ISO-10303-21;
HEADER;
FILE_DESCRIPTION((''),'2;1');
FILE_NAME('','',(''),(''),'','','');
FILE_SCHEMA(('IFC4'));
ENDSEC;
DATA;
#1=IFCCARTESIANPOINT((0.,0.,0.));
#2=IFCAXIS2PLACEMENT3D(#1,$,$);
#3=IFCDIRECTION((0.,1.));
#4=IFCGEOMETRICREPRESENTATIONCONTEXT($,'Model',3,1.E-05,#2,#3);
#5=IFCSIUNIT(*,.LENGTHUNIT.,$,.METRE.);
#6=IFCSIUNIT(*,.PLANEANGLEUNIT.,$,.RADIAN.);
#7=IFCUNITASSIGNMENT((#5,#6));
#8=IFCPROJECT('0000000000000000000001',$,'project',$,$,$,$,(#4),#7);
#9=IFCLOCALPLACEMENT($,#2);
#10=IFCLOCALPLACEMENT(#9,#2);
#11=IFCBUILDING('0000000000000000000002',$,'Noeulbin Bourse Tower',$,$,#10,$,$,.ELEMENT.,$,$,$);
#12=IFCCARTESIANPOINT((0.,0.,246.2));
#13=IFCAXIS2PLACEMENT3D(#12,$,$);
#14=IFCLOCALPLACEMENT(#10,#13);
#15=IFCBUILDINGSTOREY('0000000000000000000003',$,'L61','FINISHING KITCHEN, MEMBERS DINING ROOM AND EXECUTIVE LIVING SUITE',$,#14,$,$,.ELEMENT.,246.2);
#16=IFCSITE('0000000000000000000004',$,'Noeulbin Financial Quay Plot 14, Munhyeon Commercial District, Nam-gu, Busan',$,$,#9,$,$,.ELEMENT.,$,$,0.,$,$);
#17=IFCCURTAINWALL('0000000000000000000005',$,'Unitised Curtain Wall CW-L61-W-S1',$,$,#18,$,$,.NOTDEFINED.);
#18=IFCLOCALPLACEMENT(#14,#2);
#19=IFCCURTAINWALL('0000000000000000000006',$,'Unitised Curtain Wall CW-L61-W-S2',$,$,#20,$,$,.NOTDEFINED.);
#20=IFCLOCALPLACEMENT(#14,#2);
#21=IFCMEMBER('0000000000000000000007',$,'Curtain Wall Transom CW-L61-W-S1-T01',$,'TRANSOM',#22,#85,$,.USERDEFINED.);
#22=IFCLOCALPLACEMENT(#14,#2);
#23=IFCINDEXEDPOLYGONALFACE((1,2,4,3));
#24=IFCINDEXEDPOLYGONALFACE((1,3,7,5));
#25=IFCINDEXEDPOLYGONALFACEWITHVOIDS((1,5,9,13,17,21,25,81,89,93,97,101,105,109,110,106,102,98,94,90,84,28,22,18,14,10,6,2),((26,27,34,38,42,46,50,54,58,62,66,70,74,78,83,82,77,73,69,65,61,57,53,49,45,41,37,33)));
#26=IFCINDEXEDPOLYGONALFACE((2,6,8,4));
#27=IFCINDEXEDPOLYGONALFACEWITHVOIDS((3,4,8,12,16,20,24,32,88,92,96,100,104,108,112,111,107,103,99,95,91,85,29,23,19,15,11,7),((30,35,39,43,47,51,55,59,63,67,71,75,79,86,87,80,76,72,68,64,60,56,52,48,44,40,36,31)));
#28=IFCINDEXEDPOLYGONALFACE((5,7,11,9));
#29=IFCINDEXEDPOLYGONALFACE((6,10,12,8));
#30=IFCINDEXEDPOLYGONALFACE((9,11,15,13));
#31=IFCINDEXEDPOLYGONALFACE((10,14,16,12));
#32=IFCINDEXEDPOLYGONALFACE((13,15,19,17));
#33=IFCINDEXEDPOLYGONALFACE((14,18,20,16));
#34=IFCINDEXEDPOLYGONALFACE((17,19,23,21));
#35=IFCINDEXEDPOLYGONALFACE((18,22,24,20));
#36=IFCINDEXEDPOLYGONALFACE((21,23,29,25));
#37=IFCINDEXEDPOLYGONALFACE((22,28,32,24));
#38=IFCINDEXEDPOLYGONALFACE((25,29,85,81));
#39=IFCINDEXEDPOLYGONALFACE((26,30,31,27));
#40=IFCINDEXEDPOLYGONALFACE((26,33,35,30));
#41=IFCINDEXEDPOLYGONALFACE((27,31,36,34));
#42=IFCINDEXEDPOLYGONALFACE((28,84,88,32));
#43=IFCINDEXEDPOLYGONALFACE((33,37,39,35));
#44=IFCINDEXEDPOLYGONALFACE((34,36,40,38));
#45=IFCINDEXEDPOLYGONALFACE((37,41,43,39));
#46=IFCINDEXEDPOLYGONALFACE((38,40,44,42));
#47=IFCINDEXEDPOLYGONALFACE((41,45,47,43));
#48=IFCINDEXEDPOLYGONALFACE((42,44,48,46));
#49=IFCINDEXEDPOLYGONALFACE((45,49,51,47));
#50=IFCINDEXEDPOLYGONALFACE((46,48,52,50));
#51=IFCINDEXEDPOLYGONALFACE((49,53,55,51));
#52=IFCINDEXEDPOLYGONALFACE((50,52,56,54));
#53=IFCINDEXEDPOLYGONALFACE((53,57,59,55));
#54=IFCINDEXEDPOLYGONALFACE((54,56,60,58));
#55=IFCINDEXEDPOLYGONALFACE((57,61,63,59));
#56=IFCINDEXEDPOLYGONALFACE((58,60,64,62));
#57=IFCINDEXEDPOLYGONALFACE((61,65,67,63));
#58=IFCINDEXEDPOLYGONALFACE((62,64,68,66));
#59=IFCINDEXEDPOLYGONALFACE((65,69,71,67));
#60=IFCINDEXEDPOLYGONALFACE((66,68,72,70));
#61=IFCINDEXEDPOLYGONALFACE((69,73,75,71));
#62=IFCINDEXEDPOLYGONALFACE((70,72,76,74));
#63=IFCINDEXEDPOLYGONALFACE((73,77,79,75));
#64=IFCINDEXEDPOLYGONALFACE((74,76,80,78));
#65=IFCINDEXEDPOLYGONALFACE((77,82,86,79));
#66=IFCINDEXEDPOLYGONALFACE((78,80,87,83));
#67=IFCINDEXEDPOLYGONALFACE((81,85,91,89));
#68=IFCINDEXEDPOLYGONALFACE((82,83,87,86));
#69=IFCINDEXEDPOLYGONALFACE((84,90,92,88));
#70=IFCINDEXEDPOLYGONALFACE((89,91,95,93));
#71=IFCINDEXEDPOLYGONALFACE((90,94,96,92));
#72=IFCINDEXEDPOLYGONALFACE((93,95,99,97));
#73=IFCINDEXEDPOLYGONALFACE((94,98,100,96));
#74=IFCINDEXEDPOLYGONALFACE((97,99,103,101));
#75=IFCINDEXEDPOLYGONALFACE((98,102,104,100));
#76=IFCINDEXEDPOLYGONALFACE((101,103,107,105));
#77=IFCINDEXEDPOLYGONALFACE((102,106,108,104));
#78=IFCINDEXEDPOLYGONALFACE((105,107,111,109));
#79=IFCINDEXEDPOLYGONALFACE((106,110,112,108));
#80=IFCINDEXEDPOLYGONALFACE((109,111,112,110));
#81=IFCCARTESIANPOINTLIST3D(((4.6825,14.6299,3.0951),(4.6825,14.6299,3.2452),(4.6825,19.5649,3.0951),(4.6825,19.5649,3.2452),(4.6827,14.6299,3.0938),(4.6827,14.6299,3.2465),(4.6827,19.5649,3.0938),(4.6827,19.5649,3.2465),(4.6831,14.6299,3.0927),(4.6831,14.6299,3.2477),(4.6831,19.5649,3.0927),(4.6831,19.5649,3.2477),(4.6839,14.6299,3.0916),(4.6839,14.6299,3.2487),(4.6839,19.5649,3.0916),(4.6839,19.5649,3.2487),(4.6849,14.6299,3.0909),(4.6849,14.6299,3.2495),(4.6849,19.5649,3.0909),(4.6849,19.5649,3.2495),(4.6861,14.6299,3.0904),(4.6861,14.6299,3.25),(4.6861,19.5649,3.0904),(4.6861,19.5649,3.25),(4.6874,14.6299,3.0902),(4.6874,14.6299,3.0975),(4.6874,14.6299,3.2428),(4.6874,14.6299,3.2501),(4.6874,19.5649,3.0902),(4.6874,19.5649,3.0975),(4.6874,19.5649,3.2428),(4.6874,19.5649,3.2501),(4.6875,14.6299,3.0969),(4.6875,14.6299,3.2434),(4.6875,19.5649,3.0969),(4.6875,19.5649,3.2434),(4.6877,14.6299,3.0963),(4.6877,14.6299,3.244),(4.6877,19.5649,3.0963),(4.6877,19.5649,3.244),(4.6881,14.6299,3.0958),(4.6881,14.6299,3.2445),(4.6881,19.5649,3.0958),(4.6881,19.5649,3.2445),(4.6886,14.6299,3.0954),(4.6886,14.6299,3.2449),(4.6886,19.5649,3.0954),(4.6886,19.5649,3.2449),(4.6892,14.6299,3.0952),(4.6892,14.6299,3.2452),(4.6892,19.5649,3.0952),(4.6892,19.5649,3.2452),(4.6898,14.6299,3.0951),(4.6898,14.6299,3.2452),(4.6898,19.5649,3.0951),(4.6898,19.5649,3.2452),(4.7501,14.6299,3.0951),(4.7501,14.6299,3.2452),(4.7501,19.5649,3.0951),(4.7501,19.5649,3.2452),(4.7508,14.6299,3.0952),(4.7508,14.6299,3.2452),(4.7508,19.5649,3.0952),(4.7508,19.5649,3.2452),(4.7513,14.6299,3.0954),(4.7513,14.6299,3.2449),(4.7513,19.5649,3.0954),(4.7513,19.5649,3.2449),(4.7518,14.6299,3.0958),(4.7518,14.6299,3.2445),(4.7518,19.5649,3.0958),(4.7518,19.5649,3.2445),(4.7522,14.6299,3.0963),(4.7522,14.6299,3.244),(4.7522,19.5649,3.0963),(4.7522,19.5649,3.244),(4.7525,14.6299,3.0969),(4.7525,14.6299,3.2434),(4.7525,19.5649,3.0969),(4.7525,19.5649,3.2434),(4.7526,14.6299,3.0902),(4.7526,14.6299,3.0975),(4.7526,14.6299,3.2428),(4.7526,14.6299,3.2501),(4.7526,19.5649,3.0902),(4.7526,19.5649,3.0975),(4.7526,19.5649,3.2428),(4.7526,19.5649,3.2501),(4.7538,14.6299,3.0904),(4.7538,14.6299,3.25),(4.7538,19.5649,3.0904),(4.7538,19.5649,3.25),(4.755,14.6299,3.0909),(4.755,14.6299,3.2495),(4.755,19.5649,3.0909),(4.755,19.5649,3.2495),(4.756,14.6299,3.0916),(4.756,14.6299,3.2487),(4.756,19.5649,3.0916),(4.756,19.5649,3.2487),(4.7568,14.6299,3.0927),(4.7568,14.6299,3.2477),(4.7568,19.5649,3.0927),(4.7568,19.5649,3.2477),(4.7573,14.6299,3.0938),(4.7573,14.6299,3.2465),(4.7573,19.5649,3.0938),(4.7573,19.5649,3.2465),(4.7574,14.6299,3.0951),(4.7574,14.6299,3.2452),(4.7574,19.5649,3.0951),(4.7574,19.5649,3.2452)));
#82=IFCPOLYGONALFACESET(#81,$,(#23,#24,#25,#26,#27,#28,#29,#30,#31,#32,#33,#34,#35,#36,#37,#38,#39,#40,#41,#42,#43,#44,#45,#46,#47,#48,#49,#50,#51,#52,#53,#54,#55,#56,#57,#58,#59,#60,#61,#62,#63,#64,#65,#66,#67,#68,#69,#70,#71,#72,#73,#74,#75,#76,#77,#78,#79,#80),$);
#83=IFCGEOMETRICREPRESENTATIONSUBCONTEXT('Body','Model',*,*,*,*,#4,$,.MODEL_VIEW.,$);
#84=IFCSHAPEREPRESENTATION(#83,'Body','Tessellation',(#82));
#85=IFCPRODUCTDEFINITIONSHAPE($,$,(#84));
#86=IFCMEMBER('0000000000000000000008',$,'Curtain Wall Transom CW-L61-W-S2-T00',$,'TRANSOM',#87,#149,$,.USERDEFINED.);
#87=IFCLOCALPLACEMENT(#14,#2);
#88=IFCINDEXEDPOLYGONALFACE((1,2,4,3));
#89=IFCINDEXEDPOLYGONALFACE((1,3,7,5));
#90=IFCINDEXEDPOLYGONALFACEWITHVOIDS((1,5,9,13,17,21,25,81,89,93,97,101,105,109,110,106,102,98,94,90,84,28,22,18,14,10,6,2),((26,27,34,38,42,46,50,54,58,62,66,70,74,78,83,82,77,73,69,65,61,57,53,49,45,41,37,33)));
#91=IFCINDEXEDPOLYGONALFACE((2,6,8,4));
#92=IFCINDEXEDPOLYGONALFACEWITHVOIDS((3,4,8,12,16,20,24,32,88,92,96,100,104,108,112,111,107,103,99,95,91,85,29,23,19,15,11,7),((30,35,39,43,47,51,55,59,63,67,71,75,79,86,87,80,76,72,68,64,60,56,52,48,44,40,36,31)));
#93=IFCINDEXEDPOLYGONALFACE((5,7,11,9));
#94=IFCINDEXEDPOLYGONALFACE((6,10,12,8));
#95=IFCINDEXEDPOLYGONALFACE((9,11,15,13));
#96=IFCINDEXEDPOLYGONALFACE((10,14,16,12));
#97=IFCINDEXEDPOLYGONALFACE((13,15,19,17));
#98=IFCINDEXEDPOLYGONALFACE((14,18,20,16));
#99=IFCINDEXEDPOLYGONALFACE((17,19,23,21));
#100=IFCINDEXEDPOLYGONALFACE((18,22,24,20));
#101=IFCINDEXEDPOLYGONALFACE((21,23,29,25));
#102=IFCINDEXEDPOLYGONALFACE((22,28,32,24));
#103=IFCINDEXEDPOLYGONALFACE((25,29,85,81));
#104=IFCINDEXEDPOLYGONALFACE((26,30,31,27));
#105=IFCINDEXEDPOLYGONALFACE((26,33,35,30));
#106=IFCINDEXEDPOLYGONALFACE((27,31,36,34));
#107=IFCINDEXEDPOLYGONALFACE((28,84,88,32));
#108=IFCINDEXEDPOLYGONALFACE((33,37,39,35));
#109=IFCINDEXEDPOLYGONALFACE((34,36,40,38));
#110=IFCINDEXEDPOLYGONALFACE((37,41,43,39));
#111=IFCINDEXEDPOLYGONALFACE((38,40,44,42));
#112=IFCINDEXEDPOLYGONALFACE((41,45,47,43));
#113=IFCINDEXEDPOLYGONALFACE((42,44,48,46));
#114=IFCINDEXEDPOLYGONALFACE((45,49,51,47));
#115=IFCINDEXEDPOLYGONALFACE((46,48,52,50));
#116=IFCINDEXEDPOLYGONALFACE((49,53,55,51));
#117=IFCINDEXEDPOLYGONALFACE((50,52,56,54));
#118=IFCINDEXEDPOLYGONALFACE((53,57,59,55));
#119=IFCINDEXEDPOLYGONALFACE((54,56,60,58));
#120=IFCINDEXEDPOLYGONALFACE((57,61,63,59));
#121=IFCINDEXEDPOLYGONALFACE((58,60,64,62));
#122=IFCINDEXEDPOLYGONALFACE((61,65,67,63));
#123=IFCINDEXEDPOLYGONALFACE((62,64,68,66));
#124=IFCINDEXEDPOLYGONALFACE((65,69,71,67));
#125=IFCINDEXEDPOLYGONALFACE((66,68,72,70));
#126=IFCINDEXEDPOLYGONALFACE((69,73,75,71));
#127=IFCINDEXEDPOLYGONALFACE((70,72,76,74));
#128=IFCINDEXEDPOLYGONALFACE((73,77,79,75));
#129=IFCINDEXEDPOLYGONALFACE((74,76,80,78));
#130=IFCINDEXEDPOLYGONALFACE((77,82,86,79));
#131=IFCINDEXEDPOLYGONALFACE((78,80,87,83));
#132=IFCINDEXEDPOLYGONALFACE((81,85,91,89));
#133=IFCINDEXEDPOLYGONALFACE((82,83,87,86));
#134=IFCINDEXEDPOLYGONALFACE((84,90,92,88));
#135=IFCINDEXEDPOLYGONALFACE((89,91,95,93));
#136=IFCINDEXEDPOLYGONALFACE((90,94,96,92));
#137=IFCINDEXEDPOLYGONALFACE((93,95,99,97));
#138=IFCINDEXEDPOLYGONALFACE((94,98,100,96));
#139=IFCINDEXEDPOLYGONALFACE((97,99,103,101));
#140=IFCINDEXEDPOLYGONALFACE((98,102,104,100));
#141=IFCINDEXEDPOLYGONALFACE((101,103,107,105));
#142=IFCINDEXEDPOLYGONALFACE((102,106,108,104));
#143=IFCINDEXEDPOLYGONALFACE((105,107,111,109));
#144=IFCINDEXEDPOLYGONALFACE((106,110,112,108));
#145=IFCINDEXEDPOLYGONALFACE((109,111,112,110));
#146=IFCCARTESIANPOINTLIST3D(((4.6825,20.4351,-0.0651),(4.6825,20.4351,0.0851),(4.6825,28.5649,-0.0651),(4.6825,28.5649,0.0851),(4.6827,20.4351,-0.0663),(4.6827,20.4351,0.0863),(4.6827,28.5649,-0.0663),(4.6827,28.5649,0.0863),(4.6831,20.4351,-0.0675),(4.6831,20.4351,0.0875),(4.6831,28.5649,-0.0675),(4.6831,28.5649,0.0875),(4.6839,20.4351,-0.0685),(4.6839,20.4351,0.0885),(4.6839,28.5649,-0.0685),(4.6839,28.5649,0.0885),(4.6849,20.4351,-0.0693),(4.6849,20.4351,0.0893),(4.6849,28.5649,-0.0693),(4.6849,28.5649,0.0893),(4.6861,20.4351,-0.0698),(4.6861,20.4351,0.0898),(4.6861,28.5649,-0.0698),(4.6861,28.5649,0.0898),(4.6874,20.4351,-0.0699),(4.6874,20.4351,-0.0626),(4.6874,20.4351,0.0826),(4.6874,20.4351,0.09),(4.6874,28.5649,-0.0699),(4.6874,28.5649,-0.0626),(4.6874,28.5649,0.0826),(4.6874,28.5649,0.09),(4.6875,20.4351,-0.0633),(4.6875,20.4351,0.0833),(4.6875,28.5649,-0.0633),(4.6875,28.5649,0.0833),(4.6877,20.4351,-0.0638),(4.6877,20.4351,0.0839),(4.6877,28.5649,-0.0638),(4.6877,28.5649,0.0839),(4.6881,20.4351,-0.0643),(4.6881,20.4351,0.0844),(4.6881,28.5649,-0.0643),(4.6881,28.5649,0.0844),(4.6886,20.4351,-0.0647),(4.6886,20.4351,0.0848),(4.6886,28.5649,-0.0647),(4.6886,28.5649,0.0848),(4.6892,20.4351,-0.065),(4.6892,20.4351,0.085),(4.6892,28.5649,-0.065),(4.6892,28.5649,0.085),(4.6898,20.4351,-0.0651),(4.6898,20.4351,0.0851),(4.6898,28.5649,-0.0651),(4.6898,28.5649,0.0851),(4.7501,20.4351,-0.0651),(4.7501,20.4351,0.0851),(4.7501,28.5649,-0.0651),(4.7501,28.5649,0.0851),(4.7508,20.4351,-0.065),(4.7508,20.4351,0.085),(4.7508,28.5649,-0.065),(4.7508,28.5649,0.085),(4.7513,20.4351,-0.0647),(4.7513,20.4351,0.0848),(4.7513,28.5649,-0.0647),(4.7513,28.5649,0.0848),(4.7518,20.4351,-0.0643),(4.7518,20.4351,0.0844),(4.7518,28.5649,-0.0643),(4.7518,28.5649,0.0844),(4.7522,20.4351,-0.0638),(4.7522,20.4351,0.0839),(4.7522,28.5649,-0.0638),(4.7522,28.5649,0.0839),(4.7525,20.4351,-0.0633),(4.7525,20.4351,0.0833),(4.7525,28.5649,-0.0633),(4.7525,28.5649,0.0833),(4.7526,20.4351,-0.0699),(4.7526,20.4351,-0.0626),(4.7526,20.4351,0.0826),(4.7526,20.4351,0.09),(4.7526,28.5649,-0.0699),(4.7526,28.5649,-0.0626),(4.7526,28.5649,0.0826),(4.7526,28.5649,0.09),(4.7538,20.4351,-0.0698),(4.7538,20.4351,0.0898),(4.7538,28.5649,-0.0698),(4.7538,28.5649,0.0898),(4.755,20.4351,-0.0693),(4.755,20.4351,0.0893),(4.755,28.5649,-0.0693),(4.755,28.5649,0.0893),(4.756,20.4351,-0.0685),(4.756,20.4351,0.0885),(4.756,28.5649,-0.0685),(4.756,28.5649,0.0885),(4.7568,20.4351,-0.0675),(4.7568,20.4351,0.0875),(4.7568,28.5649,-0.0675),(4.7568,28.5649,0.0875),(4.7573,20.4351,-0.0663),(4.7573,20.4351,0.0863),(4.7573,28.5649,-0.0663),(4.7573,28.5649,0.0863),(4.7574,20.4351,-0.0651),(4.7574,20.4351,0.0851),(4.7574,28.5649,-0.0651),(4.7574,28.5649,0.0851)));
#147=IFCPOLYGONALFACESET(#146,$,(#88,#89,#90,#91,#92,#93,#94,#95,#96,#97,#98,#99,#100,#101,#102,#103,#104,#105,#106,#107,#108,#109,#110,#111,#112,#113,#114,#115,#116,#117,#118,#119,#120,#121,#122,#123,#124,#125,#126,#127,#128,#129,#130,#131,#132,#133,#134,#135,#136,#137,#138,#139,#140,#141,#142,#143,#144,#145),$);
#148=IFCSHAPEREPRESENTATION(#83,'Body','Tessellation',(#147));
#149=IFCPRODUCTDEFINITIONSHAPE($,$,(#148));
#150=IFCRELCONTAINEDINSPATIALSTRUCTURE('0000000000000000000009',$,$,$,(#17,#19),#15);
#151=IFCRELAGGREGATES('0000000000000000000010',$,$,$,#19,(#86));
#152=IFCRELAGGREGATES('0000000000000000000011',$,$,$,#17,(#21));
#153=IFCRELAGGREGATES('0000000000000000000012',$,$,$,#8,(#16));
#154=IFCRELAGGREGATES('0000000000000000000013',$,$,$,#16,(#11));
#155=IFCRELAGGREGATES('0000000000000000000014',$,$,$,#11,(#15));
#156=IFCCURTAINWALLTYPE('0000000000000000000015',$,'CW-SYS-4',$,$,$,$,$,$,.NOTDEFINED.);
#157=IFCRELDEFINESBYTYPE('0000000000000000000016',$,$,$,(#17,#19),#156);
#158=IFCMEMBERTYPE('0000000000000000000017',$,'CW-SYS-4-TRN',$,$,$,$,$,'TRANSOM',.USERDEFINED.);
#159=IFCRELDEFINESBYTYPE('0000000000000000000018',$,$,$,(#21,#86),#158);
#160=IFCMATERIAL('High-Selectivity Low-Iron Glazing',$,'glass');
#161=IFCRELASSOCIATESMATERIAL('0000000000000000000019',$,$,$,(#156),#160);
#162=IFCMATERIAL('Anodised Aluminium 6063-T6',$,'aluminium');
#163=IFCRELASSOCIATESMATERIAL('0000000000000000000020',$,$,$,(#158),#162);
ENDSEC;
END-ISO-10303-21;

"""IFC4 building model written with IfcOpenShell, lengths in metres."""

from ifc_helpers import new_model, si_unit, direction, frame, origin, origin_2d, place, context, subcontext, project, spatial, hollow_rectangle, extrude, material, material_profile, profile_set, type_object, element, aggregate, save


model = new_model("IFC4")

# Units and contexts
model_context = context("Model", 3, precision=1e-05, world=origin(), true_north=direction((0.0, 1.0)))
body_context = subcontext(model_context, "Body", "Model", "MODEL_VIEW")
ifc_project = project(units=[si_unit("LENGTHUNIT", "METRE"), si_unit("PLANEANGLEUNIT", "RADIAN")], contexts=[model_context])

# Site, building, storey
site_placement = place(None, origin())
site = spatial("IfcSite", under=ifc_project, at=site_placement, Name="Noeulbin Financial Quay Plot 14, Munhyeon Commercial District, Nam-gu, Busan", CompositionType="ELEMENT", RefElevation=0.0)
building_placement = place(site_placement, origin())
building = spatial("IfcBuilding", under=site, at=building_placement, Name="Noeulbin Bourse Tower", CompositionType="ELEMENT")
storey_placement = place(building_placement, frame((0.0, 0.0, 246.2)))
storey = spatial("IfcBuildingStorey", under=building, at=storey_placement, Name="L61", Description="FINISHING KITCHEN, MEMBERS DINING ROOM AND EXECUTIVE LIVING SUITE", CompositionType="ELEMENT", Elevation=246.2)

# Curtain wall
ifc_material_1 = material(Name="High-Selectivity Low-Iron Glazing", Category="glass")
curtain_wall_type = type_object("IfcCurtainWallType", Name="CW-SYS-4", PredefinedType="NOTDEFINED", material=ifc_material_1)
curtain_wall_1_placement = place(storey_placement, origin())
curtain_wall_1 = element("IfcCurtainWall", 1, at=curtain_wall_1_placement, inside=storey, type_object=curtain_wall_type, Name="Unitised Curtain Wall CW-L61-W-S1", PredefinedType="NOTDEFINED")
ifc_material_2 = material(Name="Anodised Aluminium 6063-T6", Category="aluminium")

# Curtain wall
curtain_wall_2_placement = place(storey_placement, origin())
curtain_wall_2 = element("IfcCurtainWall", 2, at=curtain_wall_2_placement, inside=storey, type_object=curtain_wall_type, Name="Unitised Curtain Wall CW-L61-W-S2", PredefinedType="NOTDEFINED")

# Members
ifc_material_profile_1 = material_profile(ifc_material_2, hollow_rectangle(XDim=0.075, YDim=0.1599, WallThickness=0.0049, InnerFilletRadius=0.0024, OuterFilletRadius=0.0049, at=origin_2d()), Name="ALU-TRAN-75x160x5", Category="LoadBearing")
ifc_profile_set_1 = profile_set([ifc_material_profile_1], Name="Anodised Aluminium 6063-T6")
member_type_1 = type_object("IfcMemberType", Name="CW-SYS-4-TRN", ElementType="TRANSOM", PredefinedType="USERDEFINED", material=ifc_profile_set_1)
member_1_placement = place(storey_placement, frame((4.72, 14.6299, 3.1702), z_axis=(0.0, 1.0, 0.0), x_axis=(-1.0, 0.0, 0.0)))
member_1 = element("IfcMember", 3, at=member_1_placement, type_object=member_type_1, Name="Curtain Wall Transom CW-L61-W-S1-T01", ObjectType="TRANSOM", PredefinedType="USERDEFINED", context=body_context, shape_type="SweptSolid", body=[
    extrude(hollow_rectangle(XDim=0.075, YDim=0.1599, WallThickness=0.0049, InnerFilletRadius=0.0024, OuterFilletRadius=0.0049, at=origin_2d()), origin(), (0.0, 0.0, 1.0), 4.9351),
])
member_2_placement = place(storey_placement, frame((4.72, 20.4351, 0.01), z_axis=(0.0, 1.0, 0.0), x_axis=(-1.0, 0.0, 0.0)))
member_2 = element("IfcMember", 4, at=member_2_placement, type_object=member_type_1, Name="Curtain Wall Transom CW-L61-W-S2-T00", ObjectType="TRANSOM", PredefinedType="USERDEFINED", context=body_context, shape_type="SweptSolid", body=[
    extrude(hollow_rectangle(XDim=0.075, YDim=0.1599, WallThickness=0.0049, InnerFilletRadius=0.0024, OuterFilletRadius=0.0049, at=origin_2d()), origin(), (0.0, 0.0, 1.0), 8.1299),
])
aggregate(curtain_wall_2, [member_2])

aggregate(curtain_wall_1, [member_1])

save(model, "model.ifc")
